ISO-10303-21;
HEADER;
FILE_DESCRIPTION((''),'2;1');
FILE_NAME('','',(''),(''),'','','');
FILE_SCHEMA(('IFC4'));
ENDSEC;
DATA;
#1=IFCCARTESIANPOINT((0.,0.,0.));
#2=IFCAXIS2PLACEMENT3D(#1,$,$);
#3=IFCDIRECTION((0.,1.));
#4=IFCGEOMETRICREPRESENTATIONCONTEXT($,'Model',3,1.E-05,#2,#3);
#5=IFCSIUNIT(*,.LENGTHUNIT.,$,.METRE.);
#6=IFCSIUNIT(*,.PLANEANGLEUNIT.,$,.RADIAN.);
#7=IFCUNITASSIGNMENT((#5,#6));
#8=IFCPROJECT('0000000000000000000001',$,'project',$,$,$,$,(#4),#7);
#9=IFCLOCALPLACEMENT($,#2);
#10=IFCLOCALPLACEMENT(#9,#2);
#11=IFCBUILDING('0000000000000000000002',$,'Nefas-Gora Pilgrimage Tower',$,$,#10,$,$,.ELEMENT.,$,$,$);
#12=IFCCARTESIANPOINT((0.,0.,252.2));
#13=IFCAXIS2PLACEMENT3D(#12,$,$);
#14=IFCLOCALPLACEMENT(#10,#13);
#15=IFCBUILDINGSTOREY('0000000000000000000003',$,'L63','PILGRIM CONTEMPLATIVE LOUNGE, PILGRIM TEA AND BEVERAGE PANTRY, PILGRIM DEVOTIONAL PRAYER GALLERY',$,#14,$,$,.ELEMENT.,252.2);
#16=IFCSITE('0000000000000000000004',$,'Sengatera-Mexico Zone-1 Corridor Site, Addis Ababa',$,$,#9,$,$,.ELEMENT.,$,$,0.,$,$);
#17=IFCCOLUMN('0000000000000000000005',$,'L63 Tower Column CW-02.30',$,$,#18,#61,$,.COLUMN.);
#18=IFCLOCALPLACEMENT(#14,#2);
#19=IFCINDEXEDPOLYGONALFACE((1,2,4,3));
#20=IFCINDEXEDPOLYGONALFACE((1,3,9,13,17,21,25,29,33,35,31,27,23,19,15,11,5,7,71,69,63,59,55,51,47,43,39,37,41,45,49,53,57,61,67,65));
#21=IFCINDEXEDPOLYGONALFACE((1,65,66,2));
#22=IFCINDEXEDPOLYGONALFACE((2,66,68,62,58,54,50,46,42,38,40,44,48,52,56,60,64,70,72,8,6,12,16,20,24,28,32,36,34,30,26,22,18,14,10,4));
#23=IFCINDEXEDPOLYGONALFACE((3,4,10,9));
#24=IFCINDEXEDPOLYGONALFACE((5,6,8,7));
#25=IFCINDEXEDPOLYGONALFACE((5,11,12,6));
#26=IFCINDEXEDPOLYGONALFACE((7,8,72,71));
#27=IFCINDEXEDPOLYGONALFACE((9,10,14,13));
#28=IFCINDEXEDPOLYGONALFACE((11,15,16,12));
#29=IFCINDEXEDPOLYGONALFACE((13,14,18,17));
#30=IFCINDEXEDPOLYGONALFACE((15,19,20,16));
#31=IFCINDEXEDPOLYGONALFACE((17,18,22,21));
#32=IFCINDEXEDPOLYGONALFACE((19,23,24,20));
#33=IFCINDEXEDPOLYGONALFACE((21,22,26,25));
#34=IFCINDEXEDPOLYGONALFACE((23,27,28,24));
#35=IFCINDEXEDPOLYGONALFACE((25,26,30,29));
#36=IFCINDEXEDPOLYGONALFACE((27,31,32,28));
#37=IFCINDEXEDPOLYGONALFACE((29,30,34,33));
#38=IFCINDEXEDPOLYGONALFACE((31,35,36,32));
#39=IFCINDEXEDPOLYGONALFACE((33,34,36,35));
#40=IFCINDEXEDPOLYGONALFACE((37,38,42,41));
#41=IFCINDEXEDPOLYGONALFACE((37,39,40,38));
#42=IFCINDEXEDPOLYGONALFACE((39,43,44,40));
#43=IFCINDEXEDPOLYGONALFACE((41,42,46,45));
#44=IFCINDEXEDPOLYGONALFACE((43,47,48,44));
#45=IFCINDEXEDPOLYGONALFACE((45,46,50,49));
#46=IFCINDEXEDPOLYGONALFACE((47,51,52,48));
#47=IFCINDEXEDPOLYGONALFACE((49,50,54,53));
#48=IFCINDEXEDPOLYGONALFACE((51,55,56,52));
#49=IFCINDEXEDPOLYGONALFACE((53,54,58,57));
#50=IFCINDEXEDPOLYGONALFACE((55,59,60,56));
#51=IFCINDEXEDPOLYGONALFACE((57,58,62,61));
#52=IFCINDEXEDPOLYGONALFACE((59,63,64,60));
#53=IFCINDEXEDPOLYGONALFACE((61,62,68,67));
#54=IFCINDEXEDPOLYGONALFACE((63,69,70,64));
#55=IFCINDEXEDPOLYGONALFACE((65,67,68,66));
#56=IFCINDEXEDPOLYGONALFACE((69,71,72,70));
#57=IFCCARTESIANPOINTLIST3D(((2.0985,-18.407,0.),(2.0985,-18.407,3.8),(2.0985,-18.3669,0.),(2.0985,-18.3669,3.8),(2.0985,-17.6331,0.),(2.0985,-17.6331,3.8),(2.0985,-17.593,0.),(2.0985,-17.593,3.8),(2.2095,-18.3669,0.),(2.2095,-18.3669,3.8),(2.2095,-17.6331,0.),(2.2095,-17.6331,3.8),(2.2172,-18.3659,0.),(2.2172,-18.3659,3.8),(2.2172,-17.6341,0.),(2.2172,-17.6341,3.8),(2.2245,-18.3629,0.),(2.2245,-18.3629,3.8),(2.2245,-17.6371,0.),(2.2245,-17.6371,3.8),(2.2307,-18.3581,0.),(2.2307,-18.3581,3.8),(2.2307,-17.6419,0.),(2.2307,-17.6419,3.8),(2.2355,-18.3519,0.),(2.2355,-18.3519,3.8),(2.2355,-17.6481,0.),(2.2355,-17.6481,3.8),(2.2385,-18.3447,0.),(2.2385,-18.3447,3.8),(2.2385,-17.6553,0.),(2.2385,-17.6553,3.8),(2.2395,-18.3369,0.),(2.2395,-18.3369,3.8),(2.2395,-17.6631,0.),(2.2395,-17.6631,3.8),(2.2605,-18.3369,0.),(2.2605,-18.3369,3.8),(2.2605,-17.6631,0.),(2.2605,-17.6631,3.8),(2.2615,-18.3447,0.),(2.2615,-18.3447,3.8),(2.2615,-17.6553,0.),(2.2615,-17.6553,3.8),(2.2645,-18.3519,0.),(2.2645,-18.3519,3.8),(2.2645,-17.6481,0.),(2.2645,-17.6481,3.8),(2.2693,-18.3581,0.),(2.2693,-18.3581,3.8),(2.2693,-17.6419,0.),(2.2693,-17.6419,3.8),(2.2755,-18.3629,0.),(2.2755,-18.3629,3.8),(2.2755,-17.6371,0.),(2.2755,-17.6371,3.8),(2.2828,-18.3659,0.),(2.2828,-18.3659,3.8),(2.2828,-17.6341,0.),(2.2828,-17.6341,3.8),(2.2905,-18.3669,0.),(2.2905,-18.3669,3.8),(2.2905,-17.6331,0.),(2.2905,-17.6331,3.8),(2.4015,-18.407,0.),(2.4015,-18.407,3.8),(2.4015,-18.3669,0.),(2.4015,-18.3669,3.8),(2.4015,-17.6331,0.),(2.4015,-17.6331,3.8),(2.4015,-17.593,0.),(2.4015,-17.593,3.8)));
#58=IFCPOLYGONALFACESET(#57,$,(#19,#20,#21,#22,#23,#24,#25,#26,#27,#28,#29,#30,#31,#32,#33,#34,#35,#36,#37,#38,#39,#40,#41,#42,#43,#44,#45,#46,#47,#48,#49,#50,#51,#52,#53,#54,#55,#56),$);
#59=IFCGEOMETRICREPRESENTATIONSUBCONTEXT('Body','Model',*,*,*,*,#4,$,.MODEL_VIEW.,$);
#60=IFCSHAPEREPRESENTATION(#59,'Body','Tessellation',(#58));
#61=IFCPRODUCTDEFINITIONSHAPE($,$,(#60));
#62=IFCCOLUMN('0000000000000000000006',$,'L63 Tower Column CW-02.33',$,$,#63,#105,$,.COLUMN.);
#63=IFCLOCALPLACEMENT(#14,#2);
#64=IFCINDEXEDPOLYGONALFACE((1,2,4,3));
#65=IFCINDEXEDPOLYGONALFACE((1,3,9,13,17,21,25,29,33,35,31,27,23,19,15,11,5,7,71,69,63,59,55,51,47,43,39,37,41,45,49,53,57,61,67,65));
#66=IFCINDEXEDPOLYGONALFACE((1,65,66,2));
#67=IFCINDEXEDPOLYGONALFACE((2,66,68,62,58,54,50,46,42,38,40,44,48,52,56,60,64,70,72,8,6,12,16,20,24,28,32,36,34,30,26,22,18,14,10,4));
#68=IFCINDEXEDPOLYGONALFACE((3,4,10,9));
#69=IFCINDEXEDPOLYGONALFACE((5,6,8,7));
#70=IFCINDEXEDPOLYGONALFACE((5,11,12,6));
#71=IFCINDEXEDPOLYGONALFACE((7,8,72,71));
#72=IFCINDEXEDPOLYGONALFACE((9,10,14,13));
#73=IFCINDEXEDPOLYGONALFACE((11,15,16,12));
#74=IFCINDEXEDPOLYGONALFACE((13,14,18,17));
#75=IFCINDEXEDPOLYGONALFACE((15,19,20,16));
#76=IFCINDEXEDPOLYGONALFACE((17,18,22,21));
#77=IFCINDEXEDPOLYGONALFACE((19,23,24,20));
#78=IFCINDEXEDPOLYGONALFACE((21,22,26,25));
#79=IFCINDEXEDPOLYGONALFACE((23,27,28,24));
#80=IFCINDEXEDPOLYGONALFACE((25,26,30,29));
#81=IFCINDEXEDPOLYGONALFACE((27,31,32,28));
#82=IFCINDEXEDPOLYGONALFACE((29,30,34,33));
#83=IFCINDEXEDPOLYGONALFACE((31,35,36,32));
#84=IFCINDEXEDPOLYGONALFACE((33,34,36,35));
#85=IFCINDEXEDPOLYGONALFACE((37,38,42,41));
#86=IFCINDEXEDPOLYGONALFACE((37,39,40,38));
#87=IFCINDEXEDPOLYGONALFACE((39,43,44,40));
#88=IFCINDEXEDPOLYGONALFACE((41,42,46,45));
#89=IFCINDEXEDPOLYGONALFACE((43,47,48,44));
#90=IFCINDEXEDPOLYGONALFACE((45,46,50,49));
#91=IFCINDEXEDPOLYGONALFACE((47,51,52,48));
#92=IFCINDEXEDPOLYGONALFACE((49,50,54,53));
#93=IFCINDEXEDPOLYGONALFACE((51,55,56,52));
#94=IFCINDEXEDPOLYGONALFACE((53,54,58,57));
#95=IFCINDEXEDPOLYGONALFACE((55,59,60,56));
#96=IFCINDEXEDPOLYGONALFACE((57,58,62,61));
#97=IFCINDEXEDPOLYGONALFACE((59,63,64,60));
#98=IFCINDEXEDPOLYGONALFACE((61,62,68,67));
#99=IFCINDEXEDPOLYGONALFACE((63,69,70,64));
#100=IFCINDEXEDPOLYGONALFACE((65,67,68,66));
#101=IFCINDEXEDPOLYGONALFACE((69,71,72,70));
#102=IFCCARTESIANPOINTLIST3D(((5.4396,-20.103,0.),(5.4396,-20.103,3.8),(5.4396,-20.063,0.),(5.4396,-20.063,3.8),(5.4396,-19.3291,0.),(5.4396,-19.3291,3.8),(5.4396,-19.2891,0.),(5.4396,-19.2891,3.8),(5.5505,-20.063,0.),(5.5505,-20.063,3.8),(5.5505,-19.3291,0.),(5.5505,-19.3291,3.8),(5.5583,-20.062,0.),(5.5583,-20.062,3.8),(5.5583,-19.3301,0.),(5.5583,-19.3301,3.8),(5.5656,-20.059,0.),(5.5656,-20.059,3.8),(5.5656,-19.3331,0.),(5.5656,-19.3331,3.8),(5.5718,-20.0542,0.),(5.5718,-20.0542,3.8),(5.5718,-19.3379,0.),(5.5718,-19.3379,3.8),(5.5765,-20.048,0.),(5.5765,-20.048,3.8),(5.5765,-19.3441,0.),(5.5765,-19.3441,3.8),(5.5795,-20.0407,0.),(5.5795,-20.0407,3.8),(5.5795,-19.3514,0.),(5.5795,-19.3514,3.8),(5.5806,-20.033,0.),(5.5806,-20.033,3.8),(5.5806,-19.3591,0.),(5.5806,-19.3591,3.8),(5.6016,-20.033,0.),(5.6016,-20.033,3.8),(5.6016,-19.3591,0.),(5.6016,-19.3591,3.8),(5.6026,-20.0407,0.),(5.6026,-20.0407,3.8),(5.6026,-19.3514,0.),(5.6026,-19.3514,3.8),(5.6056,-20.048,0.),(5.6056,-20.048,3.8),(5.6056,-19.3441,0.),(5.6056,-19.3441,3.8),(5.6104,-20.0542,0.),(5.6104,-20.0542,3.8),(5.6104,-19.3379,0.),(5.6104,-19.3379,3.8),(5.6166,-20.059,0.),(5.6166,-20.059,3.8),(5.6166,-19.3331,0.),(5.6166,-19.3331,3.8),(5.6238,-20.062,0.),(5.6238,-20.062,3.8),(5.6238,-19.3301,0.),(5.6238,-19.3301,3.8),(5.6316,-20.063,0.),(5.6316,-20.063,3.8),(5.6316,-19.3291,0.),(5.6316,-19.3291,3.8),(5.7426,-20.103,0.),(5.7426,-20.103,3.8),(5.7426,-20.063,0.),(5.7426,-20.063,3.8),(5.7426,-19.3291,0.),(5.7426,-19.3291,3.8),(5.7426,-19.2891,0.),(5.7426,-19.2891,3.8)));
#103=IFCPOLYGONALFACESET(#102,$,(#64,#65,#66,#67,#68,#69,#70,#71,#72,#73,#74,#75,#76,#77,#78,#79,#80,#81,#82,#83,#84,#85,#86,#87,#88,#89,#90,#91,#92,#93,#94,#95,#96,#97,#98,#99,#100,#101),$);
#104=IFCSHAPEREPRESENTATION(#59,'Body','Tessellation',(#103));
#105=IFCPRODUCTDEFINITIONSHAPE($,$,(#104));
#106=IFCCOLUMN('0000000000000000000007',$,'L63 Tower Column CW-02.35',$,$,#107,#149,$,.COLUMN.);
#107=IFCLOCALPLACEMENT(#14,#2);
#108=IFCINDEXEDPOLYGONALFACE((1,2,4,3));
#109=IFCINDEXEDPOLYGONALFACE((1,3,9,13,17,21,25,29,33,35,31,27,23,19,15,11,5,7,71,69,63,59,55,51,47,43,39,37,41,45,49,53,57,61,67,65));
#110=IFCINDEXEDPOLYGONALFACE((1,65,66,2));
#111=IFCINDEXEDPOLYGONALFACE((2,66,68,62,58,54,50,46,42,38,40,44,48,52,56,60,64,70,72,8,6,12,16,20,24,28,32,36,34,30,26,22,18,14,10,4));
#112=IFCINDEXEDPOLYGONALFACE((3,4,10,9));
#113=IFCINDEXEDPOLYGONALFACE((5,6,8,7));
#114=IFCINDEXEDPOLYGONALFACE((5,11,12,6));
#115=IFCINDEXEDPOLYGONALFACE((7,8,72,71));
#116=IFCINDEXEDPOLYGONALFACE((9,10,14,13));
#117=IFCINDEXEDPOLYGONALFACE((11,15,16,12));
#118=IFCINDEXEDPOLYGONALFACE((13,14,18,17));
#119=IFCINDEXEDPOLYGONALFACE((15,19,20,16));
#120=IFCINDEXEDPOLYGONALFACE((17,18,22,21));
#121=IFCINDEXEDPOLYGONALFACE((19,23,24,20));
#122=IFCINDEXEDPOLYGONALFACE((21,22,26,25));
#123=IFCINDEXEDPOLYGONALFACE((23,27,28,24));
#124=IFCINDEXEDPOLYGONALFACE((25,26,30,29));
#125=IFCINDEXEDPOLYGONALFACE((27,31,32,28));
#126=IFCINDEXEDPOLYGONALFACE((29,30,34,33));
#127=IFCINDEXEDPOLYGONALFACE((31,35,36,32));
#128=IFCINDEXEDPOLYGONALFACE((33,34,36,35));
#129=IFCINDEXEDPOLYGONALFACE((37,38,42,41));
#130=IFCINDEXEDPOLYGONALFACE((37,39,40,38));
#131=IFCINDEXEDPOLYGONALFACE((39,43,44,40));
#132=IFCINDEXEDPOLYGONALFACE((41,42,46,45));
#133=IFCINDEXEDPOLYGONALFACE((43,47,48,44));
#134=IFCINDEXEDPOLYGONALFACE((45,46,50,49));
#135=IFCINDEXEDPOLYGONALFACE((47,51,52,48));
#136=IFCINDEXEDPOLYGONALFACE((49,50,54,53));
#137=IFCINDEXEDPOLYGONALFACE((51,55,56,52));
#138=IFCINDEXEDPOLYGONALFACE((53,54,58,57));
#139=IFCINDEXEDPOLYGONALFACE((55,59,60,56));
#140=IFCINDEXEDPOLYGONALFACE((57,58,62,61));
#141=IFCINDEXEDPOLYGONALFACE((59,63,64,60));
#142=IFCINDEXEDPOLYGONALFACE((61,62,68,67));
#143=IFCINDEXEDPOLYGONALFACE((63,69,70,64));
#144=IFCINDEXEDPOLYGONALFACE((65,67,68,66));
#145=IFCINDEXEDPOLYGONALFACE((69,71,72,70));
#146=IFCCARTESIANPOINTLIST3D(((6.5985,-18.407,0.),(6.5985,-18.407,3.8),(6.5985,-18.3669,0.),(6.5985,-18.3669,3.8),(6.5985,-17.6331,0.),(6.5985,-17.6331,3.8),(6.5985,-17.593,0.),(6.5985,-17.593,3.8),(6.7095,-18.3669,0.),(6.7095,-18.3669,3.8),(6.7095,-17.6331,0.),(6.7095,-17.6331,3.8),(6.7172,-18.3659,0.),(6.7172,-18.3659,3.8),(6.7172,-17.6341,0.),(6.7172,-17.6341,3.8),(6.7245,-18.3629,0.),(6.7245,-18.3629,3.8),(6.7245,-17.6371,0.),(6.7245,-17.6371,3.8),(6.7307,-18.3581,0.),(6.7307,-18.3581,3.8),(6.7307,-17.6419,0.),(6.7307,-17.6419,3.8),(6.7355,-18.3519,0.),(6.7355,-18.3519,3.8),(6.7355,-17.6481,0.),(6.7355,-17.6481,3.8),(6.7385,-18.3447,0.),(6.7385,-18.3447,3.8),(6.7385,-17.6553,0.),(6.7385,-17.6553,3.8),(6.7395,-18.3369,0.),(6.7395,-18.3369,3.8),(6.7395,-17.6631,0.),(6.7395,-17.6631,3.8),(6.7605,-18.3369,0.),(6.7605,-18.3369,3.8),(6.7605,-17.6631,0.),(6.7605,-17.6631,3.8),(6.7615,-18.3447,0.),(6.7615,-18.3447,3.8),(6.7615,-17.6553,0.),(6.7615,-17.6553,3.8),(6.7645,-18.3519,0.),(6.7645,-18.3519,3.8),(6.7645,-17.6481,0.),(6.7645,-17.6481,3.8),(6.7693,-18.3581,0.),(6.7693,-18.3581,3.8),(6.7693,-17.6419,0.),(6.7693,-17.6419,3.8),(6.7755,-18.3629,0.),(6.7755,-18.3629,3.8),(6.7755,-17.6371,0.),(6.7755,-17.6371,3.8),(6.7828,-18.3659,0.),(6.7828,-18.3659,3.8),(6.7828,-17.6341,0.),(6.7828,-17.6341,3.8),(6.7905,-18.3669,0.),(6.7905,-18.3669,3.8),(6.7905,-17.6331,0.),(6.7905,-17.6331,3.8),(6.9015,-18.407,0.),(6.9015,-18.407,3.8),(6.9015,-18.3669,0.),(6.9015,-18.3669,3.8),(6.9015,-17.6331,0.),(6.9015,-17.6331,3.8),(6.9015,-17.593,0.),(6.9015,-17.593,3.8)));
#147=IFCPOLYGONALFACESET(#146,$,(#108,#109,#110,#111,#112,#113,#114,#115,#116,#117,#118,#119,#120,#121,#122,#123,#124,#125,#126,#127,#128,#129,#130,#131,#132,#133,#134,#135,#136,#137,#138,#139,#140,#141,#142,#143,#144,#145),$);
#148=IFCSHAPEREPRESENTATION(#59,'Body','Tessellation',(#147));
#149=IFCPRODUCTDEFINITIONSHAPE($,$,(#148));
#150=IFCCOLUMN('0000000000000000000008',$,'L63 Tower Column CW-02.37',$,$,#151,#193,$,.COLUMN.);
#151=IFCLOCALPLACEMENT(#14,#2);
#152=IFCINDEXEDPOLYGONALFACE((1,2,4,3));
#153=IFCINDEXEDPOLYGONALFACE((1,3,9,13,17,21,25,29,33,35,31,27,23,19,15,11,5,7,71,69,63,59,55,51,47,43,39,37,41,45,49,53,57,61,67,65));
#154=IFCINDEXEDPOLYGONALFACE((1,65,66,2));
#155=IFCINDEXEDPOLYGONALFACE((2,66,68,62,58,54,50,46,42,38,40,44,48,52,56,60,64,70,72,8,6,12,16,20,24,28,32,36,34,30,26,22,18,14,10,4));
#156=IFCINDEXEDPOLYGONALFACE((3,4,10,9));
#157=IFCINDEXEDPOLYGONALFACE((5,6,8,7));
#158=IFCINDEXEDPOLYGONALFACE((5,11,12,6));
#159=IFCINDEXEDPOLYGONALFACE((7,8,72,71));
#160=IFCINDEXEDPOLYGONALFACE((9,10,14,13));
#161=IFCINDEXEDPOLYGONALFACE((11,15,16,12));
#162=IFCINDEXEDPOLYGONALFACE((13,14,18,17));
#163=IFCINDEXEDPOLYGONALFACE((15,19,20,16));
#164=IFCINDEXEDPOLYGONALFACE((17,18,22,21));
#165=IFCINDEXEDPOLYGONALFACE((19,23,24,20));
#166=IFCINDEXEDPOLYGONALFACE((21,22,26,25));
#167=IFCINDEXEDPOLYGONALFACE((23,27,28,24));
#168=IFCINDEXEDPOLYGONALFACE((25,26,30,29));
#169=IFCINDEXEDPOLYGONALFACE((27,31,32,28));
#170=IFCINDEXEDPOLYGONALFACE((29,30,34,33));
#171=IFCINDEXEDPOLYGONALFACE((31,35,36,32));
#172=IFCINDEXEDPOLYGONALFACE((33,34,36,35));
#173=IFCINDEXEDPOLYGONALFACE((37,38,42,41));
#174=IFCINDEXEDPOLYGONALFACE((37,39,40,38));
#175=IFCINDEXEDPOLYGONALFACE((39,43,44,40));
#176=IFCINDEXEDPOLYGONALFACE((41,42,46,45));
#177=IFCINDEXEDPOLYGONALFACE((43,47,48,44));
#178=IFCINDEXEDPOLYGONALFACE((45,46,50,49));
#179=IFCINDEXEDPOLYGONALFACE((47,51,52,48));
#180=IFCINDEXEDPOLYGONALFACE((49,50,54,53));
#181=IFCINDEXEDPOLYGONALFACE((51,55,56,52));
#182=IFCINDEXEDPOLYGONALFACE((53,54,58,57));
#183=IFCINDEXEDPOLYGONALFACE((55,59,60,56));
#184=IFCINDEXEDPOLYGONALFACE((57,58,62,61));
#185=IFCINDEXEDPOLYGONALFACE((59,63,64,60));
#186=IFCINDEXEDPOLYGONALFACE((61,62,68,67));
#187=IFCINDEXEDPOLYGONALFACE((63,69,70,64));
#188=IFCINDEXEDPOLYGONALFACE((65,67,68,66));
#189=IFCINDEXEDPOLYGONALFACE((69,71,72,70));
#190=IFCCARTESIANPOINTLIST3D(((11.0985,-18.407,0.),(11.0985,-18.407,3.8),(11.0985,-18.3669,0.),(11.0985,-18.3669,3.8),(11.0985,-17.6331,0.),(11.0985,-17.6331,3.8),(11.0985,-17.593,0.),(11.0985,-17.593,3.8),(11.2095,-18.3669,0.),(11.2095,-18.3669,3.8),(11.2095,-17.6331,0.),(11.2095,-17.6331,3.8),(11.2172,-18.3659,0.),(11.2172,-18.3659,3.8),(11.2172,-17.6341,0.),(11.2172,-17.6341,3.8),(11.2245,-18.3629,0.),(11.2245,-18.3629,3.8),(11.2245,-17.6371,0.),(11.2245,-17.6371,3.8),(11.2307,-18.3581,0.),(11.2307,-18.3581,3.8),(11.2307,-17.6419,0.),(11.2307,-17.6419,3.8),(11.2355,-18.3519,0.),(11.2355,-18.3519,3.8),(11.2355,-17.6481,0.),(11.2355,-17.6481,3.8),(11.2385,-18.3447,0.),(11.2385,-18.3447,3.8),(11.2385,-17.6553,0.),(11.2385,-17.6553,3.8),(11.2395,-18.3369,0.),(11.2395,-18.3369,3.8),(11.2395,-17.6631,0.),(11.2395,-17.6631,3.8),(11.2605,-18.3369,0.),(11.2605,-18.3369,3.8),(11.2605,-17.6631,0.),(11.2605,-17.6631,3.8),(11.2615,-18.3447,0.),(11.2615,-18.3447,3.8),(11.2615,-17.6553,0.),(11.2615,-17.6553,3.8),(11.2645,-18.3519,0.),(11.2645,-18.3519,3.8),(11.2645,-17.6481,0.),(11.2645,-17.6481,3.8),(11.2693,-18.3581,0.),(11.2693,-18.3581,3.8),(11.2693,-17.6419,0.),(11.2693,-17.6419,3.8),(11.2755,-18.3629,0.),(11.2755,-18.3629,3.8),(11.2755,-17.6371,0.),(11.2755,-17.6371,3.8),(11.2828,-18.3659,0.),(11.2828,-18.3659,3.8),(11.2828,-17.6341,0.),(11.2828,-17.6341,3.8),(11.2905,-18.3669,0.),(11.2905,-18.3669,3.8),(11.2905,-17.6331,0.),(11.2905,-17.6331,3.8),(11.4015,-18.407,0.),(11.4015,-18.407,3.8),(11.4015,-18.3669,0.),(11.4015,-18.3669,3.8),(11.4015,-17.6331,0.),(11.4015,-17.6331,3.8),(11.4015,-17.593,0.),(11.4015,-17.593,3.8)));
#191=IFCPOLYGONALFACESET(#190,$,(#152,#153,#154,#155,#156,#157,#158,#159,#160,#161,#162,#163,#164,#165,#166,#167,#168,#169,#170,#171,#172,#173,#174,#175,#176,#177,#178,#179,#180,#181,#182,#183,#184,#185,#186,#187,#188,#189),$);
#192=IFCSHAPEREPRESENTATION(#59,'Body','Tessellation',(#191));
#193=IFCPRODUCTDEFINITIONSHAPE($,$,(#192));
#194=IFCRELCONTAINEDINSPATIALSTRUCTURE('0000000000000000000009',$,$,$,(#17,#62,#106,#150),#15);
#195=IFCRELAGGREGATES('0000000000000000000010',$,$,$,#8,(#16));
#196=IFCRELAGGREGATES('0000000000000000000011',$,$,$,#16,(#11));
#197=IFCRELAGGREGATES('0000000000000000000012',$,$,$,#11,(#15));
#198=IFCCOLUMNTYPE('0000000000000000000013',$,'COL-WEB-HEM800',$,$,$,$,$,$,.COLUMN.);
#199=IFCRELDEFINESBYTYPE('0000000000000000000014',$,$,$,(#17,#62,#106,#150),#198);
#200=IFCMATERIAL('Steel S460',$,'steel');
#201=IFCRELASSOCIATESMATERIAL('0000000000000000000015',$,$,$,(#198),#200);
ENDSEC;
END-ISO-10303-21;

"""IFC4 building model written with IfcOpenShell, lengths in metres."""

from ifc_helpers import new_model, si_unit, direction, frame, origin, origin_2d, place, context, subcontext, project, spatial, i_section, extrude, source, transform, mapped, material, material_profile, profile_set, type_object, element, save


model = new_model("IFC4")

# Units and contexts
model_context = context("Model", 3, precision=1e-05, world=origin(), true_north=direction((0.0, 1.0)))
body_context = subcontext(model_context, "Body", "Model", "MODEL_VIEW")
ifc_project = project(units=[si_unit("LENGTHUNIT", "METRE"), si_unit("PLANEANGLEUNIT", "RADIAN")], contexts=[model_context])

# Site, building, storey
site_placement = place(None, origin())
site = spatial("IfcSite", under=ifc_project, at=site_placement, Name="Sengatera-Mexico Zone-1 Corridor Site, Addis Ababa", CompositionType="ELEMENT", RefElevation=0.0)
building_placement = place(site_placement, origin())
building = spatial("IfcBuilding", under=site, at=building_placement, Name="Nefas-Gora Pilgrimage Tower", CompositionType="ELEMENT")
storey_placement = place(building_placement, frame((0.0, 0.0, 252.2)))
storey = spatial("IfcBuildingStorey", under=building, at=storey_placement, Name="L63", Description="PILGRIM CONTEMPLATIVE LOUNGE, PILGRIM TEA AND BEVERAGE PANTRY, PILGRIM DEVOTIONAL PRAYER GALLERY", CompositionType="ELEMENT", Elevation=252.2)

# Columns
ifc_material_1 = material(Name="Steel S460", Category="steel")
ifc_material_profile_1 = material_profile(ifc_material_1, i_section(OverallWidth=0.303, OverallDepth=0.814, WebThickness=0.021, FlangeThickness=0.04, FilletRadius=0.03, at=origin_2d()), Name="HEM 800")
ifc_profile_set_1 = profile_set([ifc_material_profile_1], Name="Steel S460")
column_type_1 = type_object("IfcColumnType", Name="COL-WEB-HEM800", PredefinedType="COLUMN", material=ifc_profile_set_1)
shared_shape_1 = source(origin(), body_context, "Body", "SweptSolid", [
    extrude(i_section(OverallWidth=0.303, OverallDepth=0.814, WebThickness=0.021, FlangeThickness=0.04, FilletRadius=0.03, at=origin_2d()), origin(), (0.0, 0.0, 1.0), 3.8),
])
for number, where, z_axis, x_axis, name in (
    (1, (2.25, -18.0, 0.0), (0.0, 0.0, 1.0), (1.0, 0.0, 0.0), "L63 Tower Column CW-02.30"),
    (2, (5.5911, -19.696, 0.0), (0.0, 0.0, 1.0), (1.0, 0.0, 0.0), "L63 Tower Column CW-02.33"),
    (3, (6.75, -18.0, 0.0), (0.0, 0.0, 1.0), (1.0, 0.0, 0.0), "L63 Tower Column CW-02.35"),
    (4, (11.25, -18.0, 0.0), (0.0, 0.0, 1.0), (1.0, 0.0, 0.0), "L63 Tower Column CW-02.37"),
):
    element("IfcColumn", number, at=place(storey_placement, frame(where, z_axis=z_axis, x_axis=x_axis)), inside=storey, type_object=column_type_1, Name=name, PredefinedType="COLUMN", context=body_context, shape_type="MappedRepresentation", body=[
        mapped(shared_shape_1, transform((0.0, 0.0, 0.0), x_axis=(1.0, 0.0, 0.0), y_axis=(0.0, 1.0, 0.0), z_axis=(0.0, 0.0, 1.0), scale=1.0)),
    ])

save(model, "model.ifc")
